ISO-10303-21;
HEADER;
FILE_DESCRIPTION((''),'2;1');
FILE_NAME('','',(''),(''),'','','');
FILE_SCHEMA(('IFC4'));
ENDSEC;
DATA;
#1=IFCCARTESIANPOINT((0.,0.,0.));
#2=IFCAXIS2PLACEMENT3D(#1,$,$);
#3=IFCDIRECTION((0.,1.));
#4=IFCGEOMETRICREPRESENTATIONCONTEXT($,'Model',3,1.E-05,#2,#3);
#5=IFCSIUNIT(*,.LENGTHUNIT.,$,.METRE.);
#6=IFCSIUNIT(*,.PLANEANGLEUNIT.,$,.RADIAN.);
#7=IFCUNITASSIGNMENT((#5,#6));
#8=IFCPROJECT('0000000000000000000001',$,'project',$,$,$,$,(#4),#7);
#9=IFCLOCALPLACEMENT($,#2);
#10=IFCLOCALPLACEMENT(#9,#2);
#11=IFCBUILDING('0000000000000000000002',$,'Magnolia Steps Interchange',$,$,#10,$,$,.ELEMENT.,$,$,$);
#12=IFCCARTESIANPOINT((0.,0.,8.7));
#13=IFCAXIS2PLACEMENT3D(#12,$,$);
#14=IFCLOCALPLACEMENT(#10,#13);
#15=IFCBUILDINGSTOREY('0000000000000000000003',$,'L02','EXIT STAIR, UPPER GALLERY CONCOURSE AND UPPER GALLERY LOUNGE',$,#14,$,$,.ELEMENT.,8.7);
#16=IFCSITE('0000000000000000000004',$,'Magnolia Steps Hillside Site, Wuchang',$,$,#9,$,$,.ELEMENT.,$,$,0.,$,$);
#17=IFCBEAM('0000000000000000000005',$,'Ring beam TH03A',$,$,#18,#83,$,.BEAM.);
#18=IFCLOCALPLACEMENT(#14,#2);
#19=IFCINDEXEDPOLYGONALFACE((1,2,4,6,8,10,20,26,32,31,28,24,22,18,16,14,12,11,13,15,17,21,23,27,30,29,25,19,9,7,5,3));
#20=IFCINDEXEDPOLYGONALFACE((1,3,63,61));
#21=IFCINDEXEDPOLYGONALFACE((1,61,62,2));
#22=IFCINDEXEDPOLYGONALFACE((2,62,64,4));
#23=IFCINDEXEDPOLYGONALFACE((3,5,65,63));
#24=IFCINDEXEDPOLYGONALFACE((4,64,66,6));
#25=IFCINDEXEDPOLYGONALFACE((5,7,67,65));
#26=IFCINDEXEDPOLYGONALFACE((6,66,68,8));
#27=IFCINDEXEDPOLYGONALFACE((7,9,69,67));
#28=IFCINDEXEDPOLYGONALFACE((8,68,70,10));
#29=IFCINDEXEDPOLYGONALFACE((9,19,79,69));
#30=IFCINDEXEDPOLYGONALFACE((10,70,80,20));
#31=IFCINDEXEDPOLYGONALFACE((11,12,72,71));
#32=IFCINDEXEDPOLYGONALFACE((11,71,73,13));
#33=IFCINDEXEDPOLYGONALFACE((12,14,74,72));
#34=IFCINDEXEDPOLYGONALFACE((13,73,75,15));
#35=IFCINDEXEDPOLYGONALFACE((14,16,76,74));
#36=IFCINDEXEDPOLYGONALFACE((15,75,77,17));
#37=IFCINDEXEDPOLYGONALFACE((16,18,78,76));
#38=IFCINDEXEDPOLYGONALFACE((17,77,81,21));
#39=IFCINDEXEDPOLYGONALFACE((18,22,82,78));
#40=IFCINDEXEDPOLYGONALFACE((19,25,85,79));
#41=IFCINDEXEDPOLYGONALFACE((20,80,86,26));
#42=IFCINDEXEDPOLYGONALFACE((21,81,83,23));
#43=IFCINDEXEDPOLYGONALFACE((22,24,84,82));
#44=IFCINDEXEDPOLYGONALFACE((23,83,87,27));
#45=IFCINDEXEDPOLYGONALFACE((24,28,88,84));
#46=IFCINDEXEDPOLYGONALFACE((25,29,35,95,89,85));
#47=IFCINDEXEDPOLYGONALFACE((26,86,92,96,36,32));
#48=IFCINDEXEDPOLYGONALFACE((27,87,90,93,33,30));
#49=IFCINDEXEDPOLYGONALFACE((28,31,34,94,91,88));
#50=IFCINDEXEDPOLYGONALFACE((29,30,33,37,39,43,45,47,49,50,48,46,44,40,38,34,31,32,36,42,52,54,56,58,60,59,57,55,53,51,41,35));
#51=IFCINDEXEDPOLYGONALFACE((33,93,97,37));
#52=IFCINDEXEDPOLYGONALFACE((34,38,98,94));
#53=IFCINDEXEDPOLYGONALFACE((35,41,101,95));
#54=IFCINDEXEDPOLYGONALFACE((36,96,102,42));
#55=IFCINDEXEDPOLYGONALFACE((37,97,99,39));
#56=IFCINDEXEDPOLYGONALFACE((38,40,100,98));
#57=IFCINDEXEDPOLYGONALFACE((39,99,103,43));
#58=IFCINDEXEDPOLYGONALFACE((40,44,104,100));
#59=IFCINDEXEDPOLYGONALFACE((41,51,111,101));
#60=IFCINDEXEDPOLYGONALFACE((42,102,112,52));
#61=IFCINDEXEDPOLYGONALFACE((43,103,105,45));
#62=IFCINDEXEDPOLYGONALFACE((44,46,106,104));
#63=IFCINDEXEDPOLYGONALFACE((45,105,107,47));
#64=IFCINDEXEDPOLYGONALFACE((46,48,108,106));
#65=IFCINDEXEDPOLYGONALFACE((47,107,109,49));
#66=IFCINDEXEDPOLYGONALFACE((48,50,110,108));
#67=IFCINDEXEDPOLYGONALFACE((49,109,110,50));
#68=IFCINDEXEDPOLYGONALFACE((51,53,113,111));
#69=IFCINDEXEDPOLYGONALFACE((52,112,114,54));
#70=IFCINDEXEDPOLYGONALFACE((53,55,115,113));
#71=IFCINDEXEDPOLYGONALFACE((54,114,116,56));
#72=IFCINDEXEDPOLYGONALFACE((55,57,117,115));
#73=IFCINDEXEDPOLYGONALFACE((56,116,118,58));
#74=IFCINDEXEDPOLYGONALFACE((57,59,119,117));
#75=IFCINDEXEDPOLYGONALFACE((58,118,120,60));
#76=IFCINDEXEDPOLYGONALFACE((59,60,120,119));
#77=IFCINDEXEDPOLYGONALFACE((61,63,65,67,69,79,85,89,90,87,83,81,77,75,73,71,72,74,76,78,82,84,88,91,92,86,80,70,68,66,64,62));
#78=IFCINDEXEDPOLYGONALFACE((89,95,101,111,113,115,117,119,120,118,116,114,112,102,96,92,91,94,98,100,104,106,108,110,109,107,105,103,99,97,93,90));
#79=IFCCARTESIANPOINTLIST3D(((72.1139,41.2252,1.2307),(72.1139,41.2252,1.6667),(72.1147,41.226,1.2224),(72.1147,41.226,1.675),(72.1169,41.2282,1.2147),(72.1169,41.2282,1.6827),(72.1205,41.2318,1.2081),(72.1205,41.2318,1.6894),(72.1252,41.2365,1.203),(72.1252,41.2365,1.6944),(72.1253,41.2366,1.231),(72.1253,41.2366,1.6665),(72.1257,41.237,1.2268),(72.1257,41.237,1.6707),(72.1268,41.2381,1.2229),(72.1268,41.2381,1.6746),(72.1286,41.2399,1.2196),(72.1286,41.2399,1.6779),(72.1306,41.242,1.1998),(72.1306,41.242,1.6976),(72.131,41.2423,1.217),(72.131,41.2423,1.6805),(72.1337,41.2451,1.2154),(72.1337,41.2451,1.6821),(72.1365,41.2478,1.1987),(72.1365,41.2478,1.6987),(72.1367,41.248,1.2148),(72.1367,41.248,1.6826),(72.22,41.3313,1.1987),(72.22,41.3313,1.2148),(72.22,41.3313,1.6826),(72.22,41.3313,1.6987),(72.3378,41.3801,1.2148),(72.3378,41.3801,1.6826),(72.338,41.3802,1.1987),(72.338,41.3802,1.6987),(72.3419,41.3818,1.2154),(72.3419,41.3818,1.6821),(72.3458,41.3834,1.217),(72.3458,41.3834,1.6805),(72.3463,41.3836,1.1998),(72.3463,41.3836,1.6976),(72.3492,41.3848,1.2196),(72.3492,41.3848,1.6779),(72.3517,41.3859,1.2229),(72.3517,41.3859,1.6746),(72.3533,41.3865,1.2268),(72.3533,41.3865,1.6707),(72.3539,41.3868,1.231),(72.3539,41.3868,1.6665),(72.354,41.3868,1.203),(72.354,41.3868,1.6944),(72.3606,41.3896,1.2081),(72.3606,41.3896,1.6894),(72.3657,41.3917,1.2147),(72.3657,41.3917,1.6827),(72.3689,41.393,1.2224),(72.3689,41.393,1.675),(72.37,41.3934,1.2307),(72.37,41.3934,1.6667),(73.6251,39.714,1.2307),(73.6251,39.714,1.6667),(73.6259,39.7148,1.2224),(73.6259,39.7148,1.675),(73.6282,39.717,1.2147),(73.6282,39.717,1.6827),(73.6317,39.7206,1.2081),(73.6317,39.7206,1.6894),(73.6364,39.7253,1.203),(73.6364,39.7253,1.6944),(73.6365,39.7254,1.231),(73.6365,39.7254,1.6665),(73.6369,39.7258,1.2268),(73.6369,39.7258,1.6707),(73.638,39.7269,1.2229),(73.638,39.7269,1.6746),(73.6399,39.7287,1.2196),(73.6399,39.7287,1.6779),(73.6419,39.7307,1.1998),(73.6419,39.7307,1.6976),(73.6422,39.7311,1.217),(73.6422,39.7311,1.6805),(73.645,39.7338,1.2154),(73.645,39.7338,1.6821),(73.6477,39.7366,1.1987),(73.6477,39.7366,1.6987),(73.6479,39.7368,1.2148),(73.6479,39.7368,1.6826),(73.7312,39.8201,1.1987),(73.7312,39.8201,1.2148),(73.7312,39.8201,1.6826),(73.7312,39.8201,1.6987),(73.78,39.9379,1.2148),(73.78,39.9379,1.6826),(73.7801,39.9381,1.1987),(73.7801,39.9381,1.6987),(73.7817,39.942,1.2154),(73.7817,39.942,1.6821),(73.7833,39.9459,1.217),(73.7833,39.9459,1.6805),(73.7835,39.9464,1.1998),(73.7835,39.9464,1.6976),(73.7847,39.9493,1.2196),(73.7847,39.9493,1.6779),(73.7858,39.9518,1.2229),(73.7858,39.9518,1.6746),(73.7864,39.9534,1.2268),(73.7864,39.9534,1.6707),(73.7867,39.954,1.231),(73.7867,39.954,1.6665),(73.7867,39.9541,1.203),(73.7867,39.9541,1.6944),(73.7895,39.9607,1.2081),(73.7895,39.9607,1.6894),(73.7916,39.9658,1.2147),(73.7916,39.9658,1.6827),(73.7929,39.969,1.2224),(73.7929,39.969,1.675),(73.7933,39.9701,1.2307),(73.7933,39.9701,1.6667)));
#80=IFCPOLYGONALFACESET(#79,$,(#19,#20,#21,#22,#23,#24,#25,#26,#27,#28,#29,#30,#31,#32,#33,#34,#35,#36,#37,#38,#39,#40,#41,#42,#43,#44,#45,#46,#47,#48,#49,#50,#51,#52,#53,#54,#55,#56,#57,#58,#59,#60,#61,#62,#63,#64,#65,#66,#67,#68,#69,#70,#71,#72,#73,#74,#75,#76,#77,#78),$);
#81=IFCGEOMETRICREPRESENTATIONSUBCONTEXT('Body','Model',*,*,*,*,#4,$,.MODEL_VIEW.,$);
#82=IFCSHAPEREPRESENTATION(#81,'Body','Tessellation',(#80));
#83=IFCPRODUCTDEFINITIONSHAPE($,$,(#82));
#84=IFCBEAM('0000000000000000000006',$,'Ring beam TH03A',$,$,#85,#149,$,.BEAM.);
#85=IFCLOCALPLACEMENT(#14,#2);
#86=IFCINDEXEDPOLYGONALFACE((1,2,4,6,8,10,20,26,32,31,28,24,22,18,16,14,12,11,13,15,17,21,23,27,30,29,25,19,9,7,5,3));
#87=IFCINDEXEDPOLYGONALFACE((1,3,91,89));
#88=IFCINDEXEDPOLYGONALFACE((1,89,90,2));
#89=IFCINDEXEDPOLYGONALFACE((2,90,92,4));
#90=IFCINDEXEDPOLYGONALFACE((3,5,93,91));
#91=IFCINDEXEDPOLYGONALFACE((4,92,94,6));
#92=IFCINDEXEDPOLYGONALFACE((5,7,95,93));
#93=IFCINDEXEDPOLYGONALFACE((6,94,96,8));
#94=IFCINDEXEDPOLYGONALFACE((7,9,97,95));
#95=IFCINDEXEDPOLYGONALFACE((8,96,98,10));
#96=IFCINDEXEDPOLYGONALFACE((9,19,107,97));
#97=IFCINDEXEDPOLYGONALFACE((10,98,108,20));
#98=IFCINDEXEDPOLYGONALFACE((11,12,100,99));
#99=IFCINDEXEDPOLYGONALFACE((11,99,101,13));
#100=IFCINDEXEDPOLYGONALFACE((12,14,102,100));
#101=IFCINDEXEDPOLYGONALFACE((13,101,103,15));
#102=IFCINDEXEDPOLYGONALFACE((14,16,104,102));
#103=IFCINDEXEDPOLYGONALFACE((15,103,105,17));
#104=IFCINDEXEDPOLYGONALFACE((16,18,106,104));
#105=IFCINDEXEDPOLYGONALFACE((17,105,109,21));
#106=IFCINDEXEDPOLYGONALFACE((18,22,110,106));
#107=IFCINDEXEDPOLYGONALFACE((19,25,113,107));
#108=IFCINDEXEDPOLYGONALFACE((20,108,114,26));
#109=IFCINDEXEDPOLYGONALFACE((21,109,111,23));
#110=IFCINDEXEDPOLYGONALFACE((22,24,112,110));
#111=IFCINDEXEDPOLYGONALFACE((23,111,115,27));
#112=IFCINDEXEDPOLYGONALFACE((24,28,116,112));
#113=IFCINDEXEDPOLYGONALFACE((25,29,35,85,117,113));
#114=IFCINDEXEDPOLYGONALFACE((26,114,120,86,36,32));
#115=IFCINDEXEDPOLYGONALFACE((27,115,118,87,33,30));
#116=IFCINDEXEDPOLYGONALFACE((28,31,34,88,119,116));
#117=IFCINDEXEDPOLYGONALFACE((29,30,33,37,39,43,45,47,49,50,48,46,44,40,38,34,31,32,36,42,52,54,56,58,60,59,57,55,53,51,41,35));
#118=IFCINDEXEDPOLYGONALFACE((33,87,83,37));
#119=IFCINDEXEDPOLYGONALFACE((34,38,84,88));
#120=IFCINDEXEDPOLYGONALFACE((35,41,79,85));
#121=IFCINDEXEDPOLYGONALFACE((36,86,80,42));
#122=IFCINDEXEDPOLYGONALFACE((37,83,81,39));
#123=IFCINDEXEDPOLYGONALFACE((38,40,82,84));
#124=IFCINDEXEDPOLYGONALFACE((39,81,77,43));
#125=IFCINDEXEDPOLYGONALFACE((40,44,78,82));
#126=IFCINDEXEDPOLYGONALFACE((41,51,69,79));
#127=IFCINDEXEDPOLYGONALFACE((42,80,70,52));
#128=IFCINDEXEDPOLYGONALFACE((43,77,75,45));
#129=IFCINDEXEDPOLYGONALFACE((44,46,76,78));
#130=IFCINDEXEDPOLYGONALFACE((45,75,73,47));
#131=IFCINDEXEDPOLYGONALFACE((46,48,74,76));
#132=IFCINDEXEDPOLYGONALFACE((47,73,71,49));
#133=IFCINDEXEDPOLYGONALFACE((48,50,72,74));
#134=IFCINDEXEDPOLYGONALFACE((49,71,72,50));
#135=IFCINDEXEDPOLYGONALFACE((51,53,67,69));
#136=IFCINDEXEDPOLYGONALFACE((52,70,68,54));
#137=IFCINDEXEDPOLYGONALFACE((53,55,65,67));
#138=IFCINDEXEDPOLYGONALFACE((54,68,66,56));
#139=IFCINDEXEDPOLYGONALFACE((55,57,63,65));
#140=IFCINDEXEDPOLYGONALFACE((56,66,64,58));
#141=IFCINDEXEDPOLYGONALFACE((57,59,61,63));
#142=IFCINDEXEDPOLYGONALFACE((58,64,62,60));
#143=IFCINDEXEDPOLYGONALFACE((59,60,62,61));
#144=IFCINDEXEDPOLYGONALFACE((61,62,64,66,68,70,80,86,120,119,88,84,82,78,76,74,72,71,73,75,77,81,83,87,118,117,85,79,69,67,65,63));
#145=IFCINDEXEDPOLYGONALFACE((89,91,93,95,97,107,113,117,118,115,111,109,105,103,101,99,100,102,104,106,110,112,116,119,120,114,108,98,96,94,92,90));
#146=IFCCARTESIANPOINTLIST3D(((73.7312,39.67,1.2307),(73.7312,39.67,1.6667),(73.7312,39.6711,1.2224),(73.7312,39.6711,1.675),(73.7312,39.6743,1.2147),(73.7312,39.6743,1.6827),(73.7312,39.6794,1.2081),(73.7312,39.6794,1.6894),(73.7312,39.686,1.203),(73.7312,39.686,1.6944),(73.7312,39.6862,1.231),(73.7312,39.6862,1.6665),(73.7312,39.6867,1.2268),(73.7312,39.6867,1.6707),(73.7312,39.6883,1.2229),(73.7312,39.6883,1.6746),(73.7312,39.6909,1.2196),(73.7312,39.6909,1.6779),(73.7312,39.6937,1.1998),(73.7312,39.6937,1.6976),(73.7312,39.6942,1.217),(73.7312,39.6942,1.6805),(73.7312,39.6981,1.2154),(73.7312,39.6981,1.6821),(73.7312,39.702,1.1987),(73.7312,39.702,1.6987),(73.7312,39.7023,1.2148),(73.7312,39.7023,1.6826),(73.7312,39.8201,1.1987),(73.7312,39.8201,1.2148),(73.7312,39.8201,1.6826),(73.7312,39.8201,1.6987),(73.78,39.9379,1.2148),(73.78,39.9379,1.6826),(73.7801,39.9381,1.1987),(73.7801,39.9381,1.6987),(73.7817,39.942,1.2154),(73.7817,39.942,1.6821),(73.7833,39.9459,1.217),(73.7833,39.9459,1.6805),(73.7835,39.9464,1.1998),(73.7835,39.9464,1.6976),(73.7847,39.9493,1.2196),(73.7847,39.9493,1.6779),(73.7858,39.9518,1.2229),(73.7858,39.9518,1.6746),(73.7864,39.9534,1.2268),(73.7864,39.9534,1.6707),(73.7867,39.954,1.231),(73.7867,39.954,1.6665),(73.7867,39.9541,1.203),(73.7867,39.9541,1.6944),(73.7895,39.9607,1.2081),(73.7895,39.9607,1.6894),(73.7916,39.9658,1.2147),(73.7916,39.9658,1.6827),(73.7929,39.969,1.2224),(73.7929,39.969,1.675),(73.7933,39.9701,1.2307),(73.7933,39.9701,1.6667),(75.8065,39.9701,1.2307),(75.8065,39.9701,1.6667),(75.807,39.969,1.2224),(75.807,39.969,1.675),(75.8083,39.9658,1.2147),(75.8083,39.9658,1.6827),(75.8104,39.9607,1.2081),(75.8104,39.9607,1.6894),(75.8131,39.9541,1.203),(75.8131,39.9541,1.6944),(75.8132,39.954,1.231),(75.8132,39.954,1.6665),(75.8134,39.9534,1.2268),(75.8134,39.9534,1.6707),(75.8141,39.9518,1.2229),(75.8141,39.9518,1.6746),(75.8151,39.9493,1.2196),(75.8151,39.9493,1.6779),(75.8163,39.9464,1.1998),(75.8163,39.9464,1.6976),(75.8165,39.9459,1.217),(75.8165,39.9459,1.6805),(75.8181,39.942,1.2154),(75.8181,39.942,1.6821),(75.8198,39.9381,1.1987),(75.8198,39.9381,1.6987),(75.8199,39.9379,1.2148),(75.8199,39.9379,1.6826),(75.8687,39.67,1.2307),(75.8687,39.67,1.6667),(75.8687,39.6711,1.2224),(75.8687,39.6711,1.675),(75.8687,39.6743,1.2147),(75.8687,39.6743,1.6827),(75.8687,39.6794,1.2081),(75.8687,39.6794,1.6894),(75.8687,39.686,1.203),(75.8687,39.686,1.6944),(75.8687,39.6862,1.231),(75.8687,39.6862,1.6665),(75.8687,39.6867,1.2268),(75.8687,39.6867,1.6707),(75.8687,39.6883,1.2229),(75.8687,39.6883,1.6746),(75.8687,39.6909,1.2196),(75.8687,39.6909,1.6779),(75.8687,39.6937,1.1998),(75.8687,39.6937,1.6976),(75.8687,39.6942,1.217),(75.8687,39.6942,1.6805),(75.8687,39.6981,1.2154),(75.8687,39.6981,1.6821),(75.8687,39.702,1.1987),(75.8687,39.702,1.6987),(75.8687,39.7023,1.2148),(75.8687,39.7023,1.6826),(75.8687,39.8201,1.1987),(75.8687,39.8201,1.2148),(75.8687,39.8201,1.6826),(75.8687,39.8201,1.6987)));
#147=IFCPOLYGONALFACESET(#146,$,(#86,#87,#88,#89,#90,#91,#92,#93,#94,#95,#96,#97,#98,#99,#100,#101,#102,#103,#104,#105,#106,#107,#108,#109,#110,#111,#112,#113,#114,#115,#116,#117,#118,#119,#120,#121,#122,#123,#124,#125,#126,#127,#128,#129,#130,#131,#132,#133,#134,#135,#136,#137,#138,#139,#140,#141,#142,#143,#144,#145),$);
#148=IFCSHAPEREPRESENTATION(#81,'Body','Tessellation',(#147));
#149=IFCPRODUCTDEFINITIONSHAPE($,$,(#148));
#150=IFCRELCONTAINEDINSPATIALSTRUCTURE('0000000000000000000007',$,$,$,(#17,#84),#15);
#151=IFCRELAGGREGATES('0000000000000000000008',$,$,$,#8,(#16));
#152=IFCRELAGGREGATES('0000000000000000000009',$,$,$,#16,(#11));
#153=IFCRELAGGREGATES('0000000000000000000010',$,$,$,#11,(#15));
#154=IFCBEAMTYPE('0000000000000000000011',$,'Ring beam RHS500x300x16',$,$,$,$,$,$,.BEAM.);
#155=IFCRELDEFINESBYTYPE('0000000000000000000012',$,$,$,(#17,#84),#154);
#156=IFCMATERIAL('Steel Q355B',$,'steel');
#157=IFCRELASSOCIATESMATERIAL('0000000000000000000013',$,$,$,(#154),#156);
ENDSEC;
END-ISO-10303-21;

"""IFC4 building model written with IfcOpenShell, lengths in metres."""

from ifc_helpers import new_model, si_unit, direction, frame, origin, origin_2d, place, context, subcontext, project, spatial, hollow_rectangle, extrude, clip, halfspace, material, material_profile, profile_set, type_object, element, save


model = new_model("IFC4")

# Units and contexts
model_context = context("Model", 3, precision=1e-05, world=origin(), true_north=direction((0.0, 1.0)))
body_context = subcontext(model_context, "Body", "Model", "MODEL_VIEW")
ifc_project = project(units=[si_unit("LENGTHUNIT", "METRE"), si_unit("PLANEANGLEUNIT", "RADIAN")], contexts=[model_context])

# Site, building, storey
site_placement = place(None, origin())
site = spatial("IfcSite", under=ifc_project, at=site_placement, Name="Magnolia Steps Hillside Site, Wuchang", CompositionType="ELEMENT", RefElevation=0.0)
building_placement = place(site_placement, origin())
building = spatial("IfcBuilding", under=site, at=building_placement, Name="Magnolia Steps Interchange", CompositionType="ELEMENT")
storey_placement = place(building_placement, frame((0.0, 0.0, 8.7)))
storey = spatial("IfcBuildingStorey", under=building, at=storey_placement, Name="L02", Description="EXIT STAIR, UPPER GALLERY CONCOURSE AND UPPER GALLERY LOUNGE", CompositionType="ELEMENT", Elevation=8.7)

# Beams
ifc_material_1 = material(Name="Steel Q355B", Category="steel")
ifc_material_profile_1 = material_profile(ifc_material_1, hollow_rectangle(XDim=0.3, YDim=0.5, WallThickness=0.0161, InnerFilletRadius=0.0161, OuterFilletRadius=0.032, at=origin_2d()), Name="RHS500x300x16")
ifc_profile_set_1 = profile_set([ifc_material_profile_1], Name="Steel Q355B")
beam_type_1 = type_object("IfcBeamType", Name="Ring beam RHS500x300x16", PredefinedType="BEAM", material=ifc_profile_set_1)
beam_1_placement = place(storey_placement, frame((72.22, 41.3313, 1.4487), z_axis=(0.707107, -0.707107, 0.0), x_axis=(0.707107, 0.707107, 0.0)))
element("IfcBeam", 1, at=beam_1_placement, inside=storey, type_object=beam_type_1, Name="Ring beam TH03A", PredefinedType="BEAM", context=body_context, shape_type="Clipping", body=[
    clip(clip(extrude(hollow_rectangle(XDim=0.3, YDim=0.5, WallThickness=0.0161, InnerFilletRadius=0.0161, OuterFilletRadius=0.032, at=origin_2d()), origin(), (0.0, 0.0, 1.0), 2.1372), halfspace(frame((0.0, 0.0, 0.0), z_axis=(0.382683, 0.0, -0.92388), x_axis=(0.92388, 0.0, 0.382683)), False)), halfspace(frame((0.0, 0.0, 2.1372), z_axis=(0.382683, 0.0, 0.92388), x_axis=(0.92388, 0.0, -0.382683)), False)),
])
beam_2_placement = place(storey_placement, frame((73.7312, 39.8201, 1.4487), z_axis=(1.0, 0.0, 0.0), x_axis=(0.0, 1.0, 0.0)))
element("IfcBeam", 2, at=beam_2_placement, inside=storey, type_object=beam_type_1, Name="Ring beam TH03A", PredefinedType="BEAM", context=body_context, shape_type="Clipping", body=[
    clip(clip(extrude(hollow_rectangle(XDim=0.3, YDim=0.5, WallThickness=0.0161, InnerFilletRadius=0.0161, OuterFilletRadius=0.032, at=origin_2d()), origin(), (0.0, 0.0, 1.0), 2.1375), halfspace(frame((0.0, 0.0, 0.0), z_axis=(0.382683, 0.0, -0.92388), x_axis=(0.92388, 0.0, 0.382683)), False)), halfspace(frame((0.0, 0.0, 2.1375), z_axis=(0.382683, 0.0, 0.92388), x_axis=(0.92388, 0.0, -0.382683)), False)),
])

save(model, "model.ifc")
